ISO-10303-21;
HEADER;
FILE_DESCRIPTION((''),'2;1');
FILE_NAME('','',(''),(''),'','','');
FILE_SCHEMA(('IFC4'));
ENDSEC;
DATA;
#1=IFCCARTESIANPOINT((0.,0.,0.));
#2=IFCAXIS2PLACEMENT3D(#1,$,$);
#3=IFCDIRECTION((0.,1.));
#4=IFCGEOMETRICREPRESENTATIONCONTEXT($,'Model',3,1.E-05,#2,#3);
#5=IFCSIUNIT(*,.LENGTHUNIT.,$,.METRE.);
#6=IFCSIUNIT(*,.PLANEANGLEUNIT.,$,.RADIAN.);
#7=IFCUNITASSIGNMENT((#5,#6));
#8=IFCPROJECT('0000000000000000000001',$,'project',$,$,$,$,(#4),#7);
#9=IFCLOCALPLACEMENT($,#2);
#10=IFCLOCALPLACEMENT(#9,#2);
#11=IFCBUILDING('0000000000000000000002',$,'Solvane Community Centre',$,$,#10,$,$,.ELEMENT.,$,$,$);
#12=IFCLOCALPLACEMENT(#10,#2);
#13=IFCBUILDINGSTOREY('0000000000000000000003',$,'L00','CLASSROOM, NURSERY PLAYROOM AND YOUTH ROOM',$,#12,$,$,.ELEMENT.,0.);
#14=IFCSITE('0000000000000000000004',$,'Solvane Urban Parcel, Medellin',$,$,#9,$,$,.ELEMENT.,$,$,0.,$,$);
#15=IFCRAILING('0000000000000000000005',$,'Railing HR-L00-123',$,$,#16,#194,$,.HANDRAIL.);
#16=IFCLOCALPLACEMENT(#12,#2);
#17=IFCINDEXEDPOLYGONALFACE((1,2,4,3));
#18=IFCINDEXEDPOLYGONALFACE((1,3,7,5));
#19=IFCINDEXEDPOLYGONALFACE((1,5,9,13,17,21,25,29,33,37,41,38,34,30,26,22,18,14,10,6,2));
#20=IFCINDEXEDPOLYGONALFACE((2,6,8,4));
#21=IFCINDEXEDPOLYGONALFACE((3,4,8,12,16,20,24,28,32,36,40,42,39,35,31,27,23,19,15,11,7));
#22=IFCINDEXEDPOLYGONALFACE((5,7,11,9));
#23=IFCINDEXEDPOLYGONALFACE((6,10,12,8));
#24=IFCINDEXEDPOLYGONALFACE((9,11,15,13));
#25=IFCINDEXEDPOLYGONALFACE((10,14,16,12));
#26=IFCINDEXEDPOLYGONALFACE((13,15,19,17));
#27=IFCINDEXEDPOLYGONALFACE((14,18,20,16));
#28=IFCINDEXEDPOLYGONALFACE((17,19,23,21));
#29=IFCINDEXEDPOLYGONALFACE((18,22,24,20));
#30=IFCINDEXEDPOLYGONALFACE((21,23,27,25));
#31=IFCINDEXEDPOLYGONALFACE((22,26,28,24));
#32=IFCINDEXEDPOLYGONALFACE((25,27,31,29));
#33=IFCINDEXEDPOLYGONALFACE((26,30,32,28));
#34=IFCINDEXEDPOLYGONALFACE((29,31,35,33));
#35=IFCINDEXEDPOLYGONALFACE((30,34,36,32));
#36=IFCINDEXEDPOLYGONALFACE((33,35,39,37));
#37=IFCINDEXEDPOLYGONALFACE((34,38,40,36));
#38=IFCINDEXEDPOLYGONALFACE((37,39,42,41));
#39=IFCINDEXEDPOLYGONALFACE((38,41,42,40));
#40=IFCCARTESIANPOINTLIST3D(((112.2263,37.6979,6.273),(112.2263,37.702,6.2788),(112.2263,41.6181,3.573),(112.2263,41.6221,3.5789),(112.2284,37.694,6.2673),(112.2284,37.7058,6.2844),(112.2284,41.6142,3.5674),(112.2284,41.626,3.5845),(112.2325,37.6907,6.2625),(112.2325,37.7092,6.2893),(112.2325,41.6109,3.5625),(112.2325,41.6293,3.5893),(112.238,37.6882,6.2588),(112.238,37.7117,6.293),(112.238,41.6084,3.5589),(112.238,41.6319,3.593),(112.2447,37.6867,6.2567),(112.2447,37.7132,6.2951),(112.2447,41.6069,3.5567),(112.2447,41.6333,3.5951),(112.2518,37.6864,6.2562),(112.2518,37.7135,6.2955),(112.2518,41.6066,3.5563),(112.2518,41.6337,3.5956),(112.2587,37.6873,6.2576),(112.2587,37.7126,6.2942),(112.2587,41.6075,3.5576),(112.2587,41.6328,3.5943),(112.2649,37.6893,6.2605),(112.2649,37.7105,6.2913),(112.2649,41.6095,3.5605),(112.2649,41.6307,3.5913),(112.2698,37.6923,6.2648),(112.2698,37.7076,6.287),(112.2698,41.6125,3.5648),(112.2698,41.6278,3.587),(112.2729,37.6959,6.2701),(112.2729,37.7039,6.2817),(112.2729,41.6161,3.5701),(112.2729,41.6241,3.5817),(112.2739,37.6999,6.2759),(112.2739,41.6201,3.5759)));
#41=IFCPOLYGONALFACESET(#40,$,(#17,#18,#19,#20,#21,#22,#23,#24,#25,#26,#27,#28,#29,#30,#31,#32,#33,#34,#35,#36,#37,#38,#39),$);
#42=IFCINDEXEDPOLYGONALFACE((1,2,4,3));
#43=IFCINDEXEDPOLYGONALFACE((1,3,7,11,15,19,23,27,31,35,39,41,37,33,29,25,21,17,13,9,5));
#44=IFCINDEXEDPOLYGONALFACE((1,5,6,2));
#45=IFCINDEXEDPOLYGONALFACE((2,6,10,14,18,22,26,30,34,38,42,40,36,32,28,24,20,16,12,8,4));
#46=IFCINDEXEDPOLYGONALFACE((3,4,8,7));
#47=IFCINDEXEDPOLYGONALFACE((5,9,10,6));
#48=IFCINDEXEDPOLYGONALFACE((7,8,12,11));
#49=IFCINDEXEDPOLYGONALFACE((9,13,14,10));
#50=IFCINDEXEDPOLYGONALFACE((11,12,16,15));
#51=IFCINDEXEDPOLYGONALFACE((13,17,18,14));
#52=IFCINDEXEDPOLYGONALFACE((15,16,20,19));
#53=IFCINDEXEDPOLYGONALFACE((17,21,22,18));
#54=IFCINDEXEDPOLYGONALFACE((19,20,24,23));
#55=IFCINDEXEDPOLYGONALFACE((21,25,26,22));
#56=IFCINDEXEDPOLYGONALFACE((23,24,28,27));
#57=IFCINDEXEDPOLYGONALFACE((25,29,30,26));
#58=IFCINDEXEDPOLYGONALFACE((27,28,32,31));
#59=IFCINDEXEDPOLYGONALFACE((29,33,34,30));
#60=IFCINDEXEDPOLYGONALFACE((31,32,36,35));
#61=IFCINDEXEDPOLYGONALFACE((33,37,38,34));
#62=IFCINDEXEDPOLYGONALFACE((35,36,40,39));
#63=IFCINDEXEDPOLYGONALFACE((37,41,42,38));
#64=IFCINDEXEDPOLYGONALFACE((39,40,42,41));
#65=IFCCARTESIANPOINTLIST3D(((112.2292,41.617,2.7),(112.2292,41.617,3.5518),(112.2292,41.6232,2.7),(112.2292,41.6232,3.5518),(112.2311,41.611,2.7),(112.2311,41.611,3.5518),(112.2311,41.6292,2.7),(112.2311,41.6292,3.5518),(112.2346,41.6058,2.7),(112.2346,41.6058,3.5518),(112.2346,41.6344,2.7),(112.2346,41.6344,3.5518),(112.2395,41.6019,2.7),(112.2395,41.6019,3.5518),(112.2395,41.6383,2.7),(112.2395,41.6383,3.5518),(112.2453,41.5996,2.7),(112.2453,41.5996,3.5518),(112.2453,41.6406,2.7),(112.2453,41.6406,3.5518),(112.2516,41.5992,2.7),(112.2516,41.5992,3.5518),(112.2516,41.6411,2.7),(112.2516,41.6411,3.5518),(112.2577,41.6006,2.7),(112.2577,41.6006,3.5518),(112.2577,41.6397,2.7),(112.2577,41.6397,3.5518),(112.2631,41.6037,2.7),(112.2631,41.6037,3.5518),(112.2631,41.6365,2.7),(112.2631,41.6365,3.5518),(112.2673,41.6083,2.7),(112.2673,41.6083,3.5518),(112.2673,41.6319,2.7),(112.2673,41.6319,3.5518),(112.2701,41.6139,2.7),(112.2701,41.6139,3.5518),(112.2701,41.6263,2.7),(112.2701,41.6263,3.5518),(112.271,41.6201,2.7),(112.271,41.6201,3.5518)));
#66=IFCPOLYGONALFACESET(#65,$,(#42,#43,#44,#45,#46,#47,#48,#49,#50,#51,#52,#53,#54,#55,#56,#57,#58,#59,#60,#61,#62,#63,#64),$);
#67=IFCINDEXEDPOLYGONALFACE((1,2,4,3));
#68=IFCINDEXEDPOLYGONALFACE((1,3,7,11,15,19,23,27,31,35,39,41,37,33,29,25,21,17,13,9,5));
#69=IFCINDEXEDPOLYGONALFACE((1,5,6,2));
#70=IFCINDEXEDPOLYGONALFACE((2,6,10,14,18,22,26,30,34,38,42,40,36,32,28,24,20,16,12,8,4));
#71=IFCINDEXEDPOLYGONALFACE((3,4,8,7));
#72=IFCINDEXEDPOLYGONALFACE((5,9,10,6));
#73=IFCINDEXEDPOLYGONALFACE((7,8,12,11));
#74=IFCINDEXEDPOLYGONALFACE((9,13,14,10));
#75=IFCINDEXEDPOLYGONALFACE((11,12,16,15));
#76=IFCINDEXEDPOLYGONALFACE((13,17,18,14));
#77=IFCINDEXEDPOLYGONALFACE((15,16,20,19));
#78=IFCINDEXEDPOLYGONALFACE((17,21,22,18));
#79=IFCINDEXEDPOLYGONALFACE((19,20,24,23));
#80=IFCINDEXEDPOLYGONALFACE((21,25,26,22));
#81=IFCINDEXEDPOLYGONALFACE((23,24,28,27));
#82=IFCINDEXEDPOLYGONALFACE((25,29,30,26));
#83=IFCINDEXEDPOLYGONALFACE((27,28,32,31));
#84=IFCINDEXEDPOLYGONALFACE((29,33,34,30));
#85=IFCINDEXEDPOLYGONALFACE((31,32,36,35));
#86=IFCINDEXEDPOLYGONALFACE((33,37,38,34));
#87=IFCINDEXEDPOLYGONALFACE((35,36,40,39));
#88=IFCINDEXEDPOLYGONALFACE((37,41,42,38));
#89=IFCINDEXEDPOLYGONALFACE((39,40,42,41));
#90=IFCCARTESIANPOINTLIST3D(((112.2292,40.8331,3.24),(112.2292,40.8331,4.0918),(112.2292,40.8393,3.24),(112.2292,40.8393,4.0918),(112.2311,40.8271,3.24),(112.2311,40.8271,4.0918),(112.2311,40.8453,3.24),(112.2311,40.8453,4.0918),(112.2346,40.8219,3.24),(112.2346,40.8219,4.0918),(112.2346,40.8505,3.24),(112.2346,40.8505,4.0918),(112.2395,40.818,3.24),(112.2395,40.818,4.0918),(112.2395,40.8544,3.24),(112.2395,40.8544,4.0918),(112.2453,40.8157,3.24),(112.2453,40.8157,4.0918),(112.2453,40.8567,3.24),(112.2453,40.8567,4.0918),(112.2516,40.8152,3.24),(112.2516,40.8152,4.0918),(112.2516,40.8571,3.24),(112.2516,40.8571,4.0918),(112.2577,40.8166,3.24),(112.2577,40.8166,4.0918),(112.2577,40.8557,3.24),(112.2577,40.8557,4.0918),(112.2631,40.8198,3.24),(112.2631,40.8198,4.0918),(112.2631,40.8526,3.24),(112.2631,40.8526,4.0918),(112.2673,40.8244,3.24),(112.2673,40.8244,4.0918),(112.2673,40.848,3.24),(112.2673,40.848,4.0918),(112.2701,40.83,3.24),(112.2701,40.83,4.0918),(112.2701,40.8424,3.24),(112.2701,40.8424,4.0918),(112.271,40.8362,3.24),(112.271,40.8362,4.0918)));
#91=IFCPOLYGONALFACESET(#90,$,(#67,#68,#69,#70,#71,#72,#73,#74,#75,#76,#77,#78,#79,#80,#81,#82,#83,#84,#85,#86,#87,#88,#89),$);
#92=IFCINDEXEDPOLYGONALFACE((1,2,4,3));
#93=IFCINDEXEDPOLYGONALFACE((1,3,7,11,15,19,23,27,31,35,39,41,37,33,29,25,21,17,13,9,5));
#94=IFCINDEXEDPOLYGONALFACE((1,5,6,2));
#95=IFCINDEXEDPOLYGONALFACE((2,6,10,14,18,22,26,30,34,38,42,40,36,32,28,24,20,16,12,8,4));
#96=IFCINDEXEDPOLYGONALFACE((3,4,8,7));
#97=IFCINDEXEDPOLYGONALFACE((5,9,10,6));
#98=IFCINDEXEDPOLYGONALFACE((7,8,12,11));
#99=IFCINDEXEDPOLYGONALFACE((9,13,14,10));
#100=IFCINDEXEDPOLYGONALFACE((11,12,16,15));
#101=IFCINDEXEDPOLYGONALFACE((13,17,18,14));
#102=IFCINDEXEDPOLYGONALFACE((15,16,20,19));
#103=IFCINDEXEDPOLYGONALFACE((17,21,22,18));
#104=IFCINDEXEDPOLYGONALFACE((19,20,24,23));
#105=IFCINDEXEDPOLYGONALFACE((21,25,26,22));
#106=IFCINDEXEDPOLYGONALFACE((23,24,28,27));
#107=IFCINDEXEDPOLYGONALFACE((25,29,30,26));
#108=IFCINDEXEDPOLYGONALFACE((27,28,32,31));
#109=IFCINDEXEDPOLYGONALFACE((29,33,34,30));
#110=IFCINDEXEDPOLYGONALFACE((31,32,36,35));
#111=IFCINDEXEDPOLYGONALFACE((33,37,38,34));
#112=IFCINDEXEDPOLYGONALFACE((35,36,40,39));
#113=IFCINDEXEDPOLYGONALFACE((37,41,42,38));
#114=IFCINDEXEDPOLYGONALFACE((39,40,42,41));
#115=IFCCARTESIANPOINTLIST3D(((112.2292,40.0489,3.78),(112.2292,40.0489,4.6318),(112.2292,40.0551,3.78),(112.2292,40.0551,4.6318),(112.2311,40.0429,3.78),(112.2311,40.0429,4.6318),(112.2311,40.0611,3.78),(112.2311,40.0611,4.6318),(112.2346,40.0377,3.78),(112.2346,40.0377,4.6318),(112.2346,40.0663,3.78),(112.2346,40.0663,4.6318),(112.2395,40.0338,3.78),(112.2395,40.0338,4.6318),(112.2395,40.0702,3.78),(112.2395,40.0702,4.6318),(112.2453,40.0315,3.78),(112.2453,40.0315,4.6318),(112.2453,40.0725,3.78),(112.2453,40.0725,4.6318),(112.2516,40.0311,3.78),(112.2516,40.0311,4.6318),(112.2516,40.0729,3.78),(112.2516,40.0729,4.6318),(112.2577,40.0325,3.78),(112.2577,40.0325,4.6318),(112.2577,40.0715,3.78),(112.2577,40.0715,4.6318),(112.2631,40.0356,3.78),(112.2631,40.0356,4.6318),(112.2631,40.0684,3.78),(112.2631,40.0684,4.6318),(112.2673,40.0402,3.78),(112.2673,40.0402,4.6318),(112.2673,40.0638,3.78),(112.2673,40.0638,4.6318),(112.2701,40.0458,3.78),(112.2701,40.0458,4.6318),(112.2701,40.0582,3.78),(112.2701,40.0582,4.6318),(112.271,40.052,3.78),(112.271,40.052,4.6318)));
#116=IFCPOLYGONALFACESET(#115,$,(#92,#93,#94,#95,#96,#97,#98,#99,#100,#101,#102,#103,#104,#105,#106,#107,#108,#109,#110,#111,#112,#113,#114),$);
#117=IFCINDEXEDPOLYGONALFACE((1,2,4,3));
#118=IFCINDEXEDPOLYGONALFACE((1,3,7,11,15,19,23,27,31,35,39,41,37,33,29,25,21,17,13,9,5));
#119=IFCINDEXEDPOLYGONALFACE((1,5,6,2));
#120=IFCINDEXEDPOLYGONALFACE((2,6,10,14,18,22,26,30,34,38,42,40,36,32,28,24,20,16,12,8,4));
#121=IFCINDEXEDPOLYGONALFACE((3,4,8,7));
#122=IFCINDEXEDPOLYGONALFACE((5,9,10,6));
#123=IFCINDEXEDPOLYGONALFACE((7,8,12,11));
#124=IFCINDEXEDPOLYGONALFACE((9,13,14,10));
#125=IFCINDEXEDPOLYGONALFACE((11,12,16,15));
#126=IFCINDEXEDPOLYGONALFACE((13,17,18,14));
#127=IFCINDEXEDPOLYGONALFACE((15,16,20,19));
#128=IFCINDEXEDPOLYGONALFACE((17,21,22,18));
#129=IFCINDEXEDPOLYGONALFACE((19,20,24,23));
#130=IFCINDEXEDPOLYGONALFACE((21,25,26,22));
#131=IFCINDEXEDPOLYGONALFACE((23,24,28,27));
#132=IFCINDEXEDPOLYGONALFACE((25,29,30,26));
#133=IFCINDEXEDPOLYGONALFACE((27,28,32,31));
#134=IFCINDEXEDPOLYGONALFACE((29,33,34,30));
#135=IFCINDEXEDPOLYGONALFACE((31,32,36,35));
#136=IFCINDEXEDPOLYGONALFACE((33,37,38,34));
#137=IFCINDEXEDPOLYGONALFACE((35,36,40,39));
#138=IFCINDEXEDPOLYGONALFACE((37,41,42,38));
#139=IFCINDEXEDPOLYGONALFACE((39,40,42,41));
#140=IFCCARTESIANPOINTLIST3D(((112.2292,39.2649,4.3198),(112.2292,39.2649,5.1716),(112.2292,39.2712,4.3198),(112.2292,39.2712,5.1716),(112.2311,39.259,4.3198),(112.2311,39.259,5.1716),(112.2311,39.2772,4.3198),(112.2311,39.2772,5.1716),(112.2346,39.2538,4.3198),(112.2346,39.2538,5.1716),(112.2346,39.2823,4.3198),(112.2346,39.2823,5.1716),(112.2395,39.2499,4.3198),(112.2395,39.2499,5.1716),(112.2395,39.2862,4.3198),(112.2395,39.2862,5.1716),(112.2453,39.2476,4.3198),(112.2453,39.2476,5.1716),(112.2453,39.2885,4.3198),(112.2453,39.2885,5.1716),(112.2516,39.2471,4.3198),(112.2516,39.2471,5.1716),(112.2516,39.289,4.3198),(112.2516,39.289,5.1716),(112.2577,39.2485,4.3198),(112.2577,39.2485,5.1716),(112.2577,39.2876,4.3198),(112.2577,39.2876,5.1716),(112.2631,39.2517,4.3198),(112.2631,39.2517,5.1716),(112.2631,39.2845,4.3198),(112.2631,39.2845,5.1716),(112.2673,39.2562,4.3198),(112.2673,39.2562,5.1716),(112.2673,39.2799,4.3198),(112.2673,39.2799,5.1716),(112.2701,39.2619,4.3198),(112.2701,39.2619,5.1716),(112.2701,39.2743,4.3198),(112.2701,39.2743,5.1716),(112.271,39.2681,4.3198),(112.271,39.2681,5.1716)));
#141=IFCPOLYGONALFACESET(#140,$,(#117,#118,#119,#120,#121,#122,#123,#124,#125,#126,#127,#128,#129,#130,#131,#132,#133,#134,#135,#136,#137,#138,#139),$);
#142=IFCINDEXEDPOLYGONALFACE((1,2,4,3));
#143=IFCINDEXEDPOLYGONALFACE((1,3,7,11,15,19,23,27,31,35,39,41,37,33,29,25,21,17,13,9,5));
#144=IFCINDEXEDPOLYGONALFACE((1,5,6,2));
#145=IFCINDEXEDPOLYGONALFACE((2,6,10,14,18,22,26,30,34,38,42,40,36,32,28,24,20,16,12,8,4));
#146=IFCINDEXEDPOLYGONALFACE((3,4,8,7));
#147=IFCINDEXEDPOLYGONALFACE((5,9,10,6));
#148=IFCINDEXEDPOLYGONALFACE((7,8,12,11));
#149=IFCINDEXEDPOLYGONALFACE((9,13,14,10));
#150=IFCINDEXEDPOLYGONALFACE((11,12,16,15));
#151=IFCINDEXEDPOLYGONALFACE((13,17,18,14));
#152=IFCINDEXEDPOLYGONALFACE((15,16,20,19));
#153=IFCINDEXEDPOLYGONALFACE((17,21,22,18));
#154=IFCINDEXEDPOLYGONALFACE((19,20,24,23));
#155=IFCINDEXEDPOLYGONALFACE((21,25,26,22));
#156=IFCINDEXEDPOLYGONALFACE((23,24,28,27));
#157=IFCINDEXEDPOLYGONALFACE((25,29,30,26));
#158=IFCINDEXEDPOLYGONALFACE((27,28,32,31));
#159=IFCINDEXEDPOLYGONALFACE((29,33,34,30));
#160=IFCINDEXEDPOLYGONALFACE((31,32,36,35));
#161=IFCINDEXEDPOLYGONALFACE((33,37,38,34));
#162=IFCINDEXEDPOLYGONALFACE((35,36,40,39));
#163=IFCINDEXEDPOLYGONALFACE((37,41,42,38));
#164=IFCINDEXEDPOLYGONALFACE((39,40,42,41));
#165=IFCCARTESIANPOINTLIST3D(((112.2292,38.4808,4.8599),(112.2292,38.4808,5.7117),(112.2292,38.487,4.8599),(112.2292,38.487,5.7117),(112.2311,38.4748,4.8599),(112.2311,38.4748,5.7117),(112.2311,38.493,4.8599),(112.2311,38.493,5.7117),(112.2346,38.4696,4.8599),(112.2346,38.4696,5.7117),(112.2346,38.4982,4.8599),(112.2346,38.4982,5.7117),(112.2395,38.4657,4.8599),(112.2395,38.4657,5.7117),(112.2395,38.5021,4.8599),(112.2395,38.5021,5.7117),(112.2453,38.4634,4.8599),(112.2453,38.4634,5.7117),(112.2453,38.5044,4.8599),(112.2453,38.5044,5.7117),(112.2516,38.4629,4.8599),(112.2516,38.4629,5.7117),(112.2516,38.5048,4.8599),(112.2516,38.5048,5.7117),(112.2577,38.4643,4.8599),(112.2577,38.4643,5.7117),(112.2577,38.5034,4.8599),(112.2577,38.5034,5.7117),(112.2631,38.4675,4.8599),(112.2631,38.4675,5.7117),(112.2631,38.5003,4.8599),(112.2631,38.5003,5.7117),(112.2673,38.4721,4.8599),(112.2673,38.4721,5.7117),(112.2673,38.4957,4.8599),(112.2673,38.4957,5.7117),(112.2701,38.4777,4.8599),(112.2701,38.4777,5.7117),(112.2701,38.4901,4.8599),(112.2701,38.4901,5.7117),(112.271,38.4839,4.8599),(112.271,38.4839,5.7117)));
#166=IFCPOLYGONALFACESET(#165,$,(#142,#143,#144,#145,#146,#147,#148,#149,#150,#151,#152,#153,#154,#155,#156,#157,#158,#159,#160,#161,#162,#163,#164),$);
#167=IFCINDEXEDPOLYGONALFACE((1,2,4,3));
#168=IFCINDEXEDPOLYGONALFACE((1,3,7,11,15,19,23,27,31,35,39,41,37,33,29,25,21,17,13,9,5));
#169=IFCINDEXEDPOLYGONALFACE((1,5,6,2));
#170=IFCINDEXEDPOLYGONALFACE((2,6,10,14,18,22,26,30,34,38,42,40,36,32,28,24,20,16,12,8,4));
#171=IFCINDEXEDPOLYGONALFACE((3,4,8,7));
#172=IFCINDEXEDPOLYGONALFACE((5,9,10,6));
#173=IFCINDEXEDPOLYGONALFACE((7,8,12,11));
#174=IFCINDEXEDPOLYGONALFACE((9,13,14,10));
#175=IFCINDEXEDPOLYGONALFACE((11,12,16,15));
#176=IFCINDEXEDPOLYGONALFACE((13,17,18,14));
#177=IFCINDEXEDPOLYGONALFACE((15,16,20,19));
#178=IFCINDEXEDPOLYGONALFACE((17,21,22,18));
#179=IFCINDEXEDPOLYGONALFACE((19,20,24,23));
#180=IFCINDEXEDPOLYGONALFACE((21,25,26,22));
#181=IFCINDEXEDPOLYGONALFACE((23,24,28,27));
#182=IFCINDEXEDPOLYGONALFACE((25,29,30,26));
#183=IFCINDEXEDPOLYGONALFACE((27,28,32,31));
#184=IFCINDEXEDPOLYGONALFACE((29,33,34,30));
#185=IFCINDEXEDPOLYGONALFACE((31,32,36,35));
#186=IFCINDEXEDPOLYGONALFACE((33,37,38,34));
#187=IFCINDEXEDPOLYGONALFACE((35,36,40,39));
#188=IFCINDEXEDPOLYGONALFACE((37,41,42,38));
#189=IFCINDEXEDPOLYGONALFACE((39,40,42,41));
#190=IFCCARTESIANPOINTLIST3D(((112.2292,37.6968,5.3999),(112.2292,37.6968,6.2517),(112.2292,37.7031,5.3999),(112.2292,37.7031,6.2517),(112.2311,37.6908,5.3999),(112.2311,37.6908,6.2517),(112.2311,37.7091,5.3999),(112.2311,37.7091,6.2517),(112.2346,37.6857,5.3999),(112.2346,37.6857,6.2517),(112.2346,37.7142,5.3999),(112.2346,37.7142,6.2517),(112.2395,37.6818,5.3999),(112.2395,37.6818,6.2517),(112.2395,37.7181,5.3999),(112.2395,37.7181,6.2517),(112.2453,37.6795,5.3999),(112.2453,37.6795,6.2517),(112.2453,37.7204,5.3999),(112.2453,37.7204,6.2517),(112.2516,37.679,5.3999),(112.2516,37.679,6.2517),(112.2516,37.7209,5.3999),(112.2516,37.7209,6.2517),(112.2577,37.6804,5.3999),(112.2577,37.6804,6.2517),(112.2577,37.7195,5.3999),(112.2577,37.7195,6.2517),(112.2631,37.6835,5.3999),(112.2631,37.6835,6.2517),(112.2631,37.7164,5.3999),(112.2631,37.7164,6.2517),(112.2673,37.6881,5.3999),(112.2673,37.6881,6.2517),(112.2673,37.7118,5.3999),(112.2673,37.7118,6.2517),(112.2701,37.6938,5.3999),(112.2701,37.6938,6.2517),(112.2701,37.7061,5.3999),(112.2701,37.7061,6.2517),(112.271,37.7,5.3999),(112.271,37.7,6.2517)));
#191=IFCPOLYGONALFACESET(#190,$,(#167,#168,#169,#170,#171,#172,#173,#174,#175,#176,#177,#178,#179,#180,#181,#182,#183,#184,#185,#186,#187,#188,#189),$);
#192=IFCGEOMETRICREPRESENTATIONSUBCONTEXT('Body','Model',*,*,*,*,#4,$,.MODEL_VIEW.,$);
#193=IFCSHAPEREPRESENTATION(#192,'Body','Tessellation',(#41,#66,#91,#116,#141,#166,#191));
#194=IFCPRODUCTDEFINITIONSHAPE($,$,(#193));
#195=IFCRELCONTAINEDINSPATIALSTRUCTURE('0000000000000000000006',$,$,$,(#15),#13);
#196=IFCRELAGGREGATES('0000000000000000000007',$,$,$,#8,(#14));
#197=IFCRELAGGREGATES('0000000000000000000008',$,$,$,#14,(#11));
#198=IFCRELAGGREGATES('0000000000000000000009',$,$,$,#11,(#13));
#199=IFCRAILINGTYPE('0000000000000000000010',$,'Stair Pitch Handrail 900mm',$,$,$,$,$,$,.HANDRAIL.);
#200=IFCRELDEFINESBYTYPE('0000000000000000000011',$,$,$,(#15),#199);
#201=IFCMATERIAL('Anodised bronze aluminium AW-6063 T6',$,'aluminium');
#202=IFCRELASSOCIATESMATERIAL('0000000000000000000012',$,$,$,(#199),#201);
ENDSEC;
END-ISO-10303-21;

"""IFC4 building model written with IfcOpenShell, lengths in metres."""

from ifc_helpers import new_model, si_unit, direction, frame, origin, origin_2d, place, context, subcontext, project, spatial, circle, extrude, material, type_object, element, save


model = new_model("IFC4")

# Units and contexts
model_context = context("Model", 3, precision=1e-05, world=origin(), true_north=direction((0.0, 1.0)))
body_context = subcontext(model_context, "Body", "Model", "MODEL_VIEW")
ifc_project = project(units=[si_unit("LENGTHUNIT", "METRE"), si_unit("PLANEANGLEUNIT", "RADIAN")], contexts=[model_context])

# Site, building, storey
site_placement = place(None, origin())
site = spatial("IfcSite", under=ifc_project, at=site_placement, Name="Solvane Urban Parcel, Medellin", CompositionType="ELEMENT", RefElevation=0.0)
building_placement = place(site_placement, origin())
building = spatial("IfcBuilding", under=site, at=building_placement, Name="Solvane Community Centre", CompositionType="ELEMENT")
storey_placement = place(building_placement, origin())
storey = spatial("IfcBuildingStorey", under=building, at=storey_placement, Name="L00", Description="CLASSROOM, NURSERY PLAYROOM AND YOUTH ROOM", CompositionType="ELEMENT", Elevation=0.0)

# Shared definitions
ifc_material_1 = material(Name="Anodised bronze aluminium AW-6063 T6", Category="aluminium")

# Railing
railing_type_1 = type_object("IfcRailingType", Name="Stair Pitch Handrail 900mm", PredefinedType="HANDRAIL", material=ifc_material_1)
railing_1_placement = place(storey_placement, frame((112.25, 41.6201, 2.7)))
element("IfcRailing", 1, at=railing_1_placement, inside=storey, type_object=railing_type_1, Name="Railing HR-L00-123", PredefinedType="HANDRAIL", context=body_context, shape_type="SweptSolid", body=[
    extrude(circle(Radius=0.0239, at=origin_2d()), frame((0.0, 0.0, 0.876), z_axis=(0.0, -0.823567, 0.567219), x_axis=(1.0, 0.0, 0.0)), (0.0, 0.0, 1.0), 4.76),
    extrude(circle(Radius=0.021, at=origin_2d()), origin(), (0.0, 0.0, 1.0), 0.8518),
    extrude(circle(Radius=0.021, at=origin_2d()), frame((0.0, -0.7839, 0.54)), (0.0, 0.0, 1.0), 0.8518),
    extrude(circle(Radius=0.021, at=origin_2d()), frame((0.0, -1.5681, 1.0801)), (0.0, 0.0, 1.0), 0.8518),
    extrude(circle(Radius=0.021, at=origin_2d()), frame((0.0, -2.3521, 1.6199)), (0.0, 0.0, 1.0), 0.8518),
    extrude(circle(Radius=0.021, at=origin_2d()), frame((0.0, -3.1362, 2.1599)), (0.0, 0.0, 1.0), 0.8518),
    extrude(circle(Radius=0.021, at=origin_2d()), frame((0.0, -3.9202, 2.7)), (0.0, 0.0, 1.0), 0.8518),
])

save(model, "model.ifc")
